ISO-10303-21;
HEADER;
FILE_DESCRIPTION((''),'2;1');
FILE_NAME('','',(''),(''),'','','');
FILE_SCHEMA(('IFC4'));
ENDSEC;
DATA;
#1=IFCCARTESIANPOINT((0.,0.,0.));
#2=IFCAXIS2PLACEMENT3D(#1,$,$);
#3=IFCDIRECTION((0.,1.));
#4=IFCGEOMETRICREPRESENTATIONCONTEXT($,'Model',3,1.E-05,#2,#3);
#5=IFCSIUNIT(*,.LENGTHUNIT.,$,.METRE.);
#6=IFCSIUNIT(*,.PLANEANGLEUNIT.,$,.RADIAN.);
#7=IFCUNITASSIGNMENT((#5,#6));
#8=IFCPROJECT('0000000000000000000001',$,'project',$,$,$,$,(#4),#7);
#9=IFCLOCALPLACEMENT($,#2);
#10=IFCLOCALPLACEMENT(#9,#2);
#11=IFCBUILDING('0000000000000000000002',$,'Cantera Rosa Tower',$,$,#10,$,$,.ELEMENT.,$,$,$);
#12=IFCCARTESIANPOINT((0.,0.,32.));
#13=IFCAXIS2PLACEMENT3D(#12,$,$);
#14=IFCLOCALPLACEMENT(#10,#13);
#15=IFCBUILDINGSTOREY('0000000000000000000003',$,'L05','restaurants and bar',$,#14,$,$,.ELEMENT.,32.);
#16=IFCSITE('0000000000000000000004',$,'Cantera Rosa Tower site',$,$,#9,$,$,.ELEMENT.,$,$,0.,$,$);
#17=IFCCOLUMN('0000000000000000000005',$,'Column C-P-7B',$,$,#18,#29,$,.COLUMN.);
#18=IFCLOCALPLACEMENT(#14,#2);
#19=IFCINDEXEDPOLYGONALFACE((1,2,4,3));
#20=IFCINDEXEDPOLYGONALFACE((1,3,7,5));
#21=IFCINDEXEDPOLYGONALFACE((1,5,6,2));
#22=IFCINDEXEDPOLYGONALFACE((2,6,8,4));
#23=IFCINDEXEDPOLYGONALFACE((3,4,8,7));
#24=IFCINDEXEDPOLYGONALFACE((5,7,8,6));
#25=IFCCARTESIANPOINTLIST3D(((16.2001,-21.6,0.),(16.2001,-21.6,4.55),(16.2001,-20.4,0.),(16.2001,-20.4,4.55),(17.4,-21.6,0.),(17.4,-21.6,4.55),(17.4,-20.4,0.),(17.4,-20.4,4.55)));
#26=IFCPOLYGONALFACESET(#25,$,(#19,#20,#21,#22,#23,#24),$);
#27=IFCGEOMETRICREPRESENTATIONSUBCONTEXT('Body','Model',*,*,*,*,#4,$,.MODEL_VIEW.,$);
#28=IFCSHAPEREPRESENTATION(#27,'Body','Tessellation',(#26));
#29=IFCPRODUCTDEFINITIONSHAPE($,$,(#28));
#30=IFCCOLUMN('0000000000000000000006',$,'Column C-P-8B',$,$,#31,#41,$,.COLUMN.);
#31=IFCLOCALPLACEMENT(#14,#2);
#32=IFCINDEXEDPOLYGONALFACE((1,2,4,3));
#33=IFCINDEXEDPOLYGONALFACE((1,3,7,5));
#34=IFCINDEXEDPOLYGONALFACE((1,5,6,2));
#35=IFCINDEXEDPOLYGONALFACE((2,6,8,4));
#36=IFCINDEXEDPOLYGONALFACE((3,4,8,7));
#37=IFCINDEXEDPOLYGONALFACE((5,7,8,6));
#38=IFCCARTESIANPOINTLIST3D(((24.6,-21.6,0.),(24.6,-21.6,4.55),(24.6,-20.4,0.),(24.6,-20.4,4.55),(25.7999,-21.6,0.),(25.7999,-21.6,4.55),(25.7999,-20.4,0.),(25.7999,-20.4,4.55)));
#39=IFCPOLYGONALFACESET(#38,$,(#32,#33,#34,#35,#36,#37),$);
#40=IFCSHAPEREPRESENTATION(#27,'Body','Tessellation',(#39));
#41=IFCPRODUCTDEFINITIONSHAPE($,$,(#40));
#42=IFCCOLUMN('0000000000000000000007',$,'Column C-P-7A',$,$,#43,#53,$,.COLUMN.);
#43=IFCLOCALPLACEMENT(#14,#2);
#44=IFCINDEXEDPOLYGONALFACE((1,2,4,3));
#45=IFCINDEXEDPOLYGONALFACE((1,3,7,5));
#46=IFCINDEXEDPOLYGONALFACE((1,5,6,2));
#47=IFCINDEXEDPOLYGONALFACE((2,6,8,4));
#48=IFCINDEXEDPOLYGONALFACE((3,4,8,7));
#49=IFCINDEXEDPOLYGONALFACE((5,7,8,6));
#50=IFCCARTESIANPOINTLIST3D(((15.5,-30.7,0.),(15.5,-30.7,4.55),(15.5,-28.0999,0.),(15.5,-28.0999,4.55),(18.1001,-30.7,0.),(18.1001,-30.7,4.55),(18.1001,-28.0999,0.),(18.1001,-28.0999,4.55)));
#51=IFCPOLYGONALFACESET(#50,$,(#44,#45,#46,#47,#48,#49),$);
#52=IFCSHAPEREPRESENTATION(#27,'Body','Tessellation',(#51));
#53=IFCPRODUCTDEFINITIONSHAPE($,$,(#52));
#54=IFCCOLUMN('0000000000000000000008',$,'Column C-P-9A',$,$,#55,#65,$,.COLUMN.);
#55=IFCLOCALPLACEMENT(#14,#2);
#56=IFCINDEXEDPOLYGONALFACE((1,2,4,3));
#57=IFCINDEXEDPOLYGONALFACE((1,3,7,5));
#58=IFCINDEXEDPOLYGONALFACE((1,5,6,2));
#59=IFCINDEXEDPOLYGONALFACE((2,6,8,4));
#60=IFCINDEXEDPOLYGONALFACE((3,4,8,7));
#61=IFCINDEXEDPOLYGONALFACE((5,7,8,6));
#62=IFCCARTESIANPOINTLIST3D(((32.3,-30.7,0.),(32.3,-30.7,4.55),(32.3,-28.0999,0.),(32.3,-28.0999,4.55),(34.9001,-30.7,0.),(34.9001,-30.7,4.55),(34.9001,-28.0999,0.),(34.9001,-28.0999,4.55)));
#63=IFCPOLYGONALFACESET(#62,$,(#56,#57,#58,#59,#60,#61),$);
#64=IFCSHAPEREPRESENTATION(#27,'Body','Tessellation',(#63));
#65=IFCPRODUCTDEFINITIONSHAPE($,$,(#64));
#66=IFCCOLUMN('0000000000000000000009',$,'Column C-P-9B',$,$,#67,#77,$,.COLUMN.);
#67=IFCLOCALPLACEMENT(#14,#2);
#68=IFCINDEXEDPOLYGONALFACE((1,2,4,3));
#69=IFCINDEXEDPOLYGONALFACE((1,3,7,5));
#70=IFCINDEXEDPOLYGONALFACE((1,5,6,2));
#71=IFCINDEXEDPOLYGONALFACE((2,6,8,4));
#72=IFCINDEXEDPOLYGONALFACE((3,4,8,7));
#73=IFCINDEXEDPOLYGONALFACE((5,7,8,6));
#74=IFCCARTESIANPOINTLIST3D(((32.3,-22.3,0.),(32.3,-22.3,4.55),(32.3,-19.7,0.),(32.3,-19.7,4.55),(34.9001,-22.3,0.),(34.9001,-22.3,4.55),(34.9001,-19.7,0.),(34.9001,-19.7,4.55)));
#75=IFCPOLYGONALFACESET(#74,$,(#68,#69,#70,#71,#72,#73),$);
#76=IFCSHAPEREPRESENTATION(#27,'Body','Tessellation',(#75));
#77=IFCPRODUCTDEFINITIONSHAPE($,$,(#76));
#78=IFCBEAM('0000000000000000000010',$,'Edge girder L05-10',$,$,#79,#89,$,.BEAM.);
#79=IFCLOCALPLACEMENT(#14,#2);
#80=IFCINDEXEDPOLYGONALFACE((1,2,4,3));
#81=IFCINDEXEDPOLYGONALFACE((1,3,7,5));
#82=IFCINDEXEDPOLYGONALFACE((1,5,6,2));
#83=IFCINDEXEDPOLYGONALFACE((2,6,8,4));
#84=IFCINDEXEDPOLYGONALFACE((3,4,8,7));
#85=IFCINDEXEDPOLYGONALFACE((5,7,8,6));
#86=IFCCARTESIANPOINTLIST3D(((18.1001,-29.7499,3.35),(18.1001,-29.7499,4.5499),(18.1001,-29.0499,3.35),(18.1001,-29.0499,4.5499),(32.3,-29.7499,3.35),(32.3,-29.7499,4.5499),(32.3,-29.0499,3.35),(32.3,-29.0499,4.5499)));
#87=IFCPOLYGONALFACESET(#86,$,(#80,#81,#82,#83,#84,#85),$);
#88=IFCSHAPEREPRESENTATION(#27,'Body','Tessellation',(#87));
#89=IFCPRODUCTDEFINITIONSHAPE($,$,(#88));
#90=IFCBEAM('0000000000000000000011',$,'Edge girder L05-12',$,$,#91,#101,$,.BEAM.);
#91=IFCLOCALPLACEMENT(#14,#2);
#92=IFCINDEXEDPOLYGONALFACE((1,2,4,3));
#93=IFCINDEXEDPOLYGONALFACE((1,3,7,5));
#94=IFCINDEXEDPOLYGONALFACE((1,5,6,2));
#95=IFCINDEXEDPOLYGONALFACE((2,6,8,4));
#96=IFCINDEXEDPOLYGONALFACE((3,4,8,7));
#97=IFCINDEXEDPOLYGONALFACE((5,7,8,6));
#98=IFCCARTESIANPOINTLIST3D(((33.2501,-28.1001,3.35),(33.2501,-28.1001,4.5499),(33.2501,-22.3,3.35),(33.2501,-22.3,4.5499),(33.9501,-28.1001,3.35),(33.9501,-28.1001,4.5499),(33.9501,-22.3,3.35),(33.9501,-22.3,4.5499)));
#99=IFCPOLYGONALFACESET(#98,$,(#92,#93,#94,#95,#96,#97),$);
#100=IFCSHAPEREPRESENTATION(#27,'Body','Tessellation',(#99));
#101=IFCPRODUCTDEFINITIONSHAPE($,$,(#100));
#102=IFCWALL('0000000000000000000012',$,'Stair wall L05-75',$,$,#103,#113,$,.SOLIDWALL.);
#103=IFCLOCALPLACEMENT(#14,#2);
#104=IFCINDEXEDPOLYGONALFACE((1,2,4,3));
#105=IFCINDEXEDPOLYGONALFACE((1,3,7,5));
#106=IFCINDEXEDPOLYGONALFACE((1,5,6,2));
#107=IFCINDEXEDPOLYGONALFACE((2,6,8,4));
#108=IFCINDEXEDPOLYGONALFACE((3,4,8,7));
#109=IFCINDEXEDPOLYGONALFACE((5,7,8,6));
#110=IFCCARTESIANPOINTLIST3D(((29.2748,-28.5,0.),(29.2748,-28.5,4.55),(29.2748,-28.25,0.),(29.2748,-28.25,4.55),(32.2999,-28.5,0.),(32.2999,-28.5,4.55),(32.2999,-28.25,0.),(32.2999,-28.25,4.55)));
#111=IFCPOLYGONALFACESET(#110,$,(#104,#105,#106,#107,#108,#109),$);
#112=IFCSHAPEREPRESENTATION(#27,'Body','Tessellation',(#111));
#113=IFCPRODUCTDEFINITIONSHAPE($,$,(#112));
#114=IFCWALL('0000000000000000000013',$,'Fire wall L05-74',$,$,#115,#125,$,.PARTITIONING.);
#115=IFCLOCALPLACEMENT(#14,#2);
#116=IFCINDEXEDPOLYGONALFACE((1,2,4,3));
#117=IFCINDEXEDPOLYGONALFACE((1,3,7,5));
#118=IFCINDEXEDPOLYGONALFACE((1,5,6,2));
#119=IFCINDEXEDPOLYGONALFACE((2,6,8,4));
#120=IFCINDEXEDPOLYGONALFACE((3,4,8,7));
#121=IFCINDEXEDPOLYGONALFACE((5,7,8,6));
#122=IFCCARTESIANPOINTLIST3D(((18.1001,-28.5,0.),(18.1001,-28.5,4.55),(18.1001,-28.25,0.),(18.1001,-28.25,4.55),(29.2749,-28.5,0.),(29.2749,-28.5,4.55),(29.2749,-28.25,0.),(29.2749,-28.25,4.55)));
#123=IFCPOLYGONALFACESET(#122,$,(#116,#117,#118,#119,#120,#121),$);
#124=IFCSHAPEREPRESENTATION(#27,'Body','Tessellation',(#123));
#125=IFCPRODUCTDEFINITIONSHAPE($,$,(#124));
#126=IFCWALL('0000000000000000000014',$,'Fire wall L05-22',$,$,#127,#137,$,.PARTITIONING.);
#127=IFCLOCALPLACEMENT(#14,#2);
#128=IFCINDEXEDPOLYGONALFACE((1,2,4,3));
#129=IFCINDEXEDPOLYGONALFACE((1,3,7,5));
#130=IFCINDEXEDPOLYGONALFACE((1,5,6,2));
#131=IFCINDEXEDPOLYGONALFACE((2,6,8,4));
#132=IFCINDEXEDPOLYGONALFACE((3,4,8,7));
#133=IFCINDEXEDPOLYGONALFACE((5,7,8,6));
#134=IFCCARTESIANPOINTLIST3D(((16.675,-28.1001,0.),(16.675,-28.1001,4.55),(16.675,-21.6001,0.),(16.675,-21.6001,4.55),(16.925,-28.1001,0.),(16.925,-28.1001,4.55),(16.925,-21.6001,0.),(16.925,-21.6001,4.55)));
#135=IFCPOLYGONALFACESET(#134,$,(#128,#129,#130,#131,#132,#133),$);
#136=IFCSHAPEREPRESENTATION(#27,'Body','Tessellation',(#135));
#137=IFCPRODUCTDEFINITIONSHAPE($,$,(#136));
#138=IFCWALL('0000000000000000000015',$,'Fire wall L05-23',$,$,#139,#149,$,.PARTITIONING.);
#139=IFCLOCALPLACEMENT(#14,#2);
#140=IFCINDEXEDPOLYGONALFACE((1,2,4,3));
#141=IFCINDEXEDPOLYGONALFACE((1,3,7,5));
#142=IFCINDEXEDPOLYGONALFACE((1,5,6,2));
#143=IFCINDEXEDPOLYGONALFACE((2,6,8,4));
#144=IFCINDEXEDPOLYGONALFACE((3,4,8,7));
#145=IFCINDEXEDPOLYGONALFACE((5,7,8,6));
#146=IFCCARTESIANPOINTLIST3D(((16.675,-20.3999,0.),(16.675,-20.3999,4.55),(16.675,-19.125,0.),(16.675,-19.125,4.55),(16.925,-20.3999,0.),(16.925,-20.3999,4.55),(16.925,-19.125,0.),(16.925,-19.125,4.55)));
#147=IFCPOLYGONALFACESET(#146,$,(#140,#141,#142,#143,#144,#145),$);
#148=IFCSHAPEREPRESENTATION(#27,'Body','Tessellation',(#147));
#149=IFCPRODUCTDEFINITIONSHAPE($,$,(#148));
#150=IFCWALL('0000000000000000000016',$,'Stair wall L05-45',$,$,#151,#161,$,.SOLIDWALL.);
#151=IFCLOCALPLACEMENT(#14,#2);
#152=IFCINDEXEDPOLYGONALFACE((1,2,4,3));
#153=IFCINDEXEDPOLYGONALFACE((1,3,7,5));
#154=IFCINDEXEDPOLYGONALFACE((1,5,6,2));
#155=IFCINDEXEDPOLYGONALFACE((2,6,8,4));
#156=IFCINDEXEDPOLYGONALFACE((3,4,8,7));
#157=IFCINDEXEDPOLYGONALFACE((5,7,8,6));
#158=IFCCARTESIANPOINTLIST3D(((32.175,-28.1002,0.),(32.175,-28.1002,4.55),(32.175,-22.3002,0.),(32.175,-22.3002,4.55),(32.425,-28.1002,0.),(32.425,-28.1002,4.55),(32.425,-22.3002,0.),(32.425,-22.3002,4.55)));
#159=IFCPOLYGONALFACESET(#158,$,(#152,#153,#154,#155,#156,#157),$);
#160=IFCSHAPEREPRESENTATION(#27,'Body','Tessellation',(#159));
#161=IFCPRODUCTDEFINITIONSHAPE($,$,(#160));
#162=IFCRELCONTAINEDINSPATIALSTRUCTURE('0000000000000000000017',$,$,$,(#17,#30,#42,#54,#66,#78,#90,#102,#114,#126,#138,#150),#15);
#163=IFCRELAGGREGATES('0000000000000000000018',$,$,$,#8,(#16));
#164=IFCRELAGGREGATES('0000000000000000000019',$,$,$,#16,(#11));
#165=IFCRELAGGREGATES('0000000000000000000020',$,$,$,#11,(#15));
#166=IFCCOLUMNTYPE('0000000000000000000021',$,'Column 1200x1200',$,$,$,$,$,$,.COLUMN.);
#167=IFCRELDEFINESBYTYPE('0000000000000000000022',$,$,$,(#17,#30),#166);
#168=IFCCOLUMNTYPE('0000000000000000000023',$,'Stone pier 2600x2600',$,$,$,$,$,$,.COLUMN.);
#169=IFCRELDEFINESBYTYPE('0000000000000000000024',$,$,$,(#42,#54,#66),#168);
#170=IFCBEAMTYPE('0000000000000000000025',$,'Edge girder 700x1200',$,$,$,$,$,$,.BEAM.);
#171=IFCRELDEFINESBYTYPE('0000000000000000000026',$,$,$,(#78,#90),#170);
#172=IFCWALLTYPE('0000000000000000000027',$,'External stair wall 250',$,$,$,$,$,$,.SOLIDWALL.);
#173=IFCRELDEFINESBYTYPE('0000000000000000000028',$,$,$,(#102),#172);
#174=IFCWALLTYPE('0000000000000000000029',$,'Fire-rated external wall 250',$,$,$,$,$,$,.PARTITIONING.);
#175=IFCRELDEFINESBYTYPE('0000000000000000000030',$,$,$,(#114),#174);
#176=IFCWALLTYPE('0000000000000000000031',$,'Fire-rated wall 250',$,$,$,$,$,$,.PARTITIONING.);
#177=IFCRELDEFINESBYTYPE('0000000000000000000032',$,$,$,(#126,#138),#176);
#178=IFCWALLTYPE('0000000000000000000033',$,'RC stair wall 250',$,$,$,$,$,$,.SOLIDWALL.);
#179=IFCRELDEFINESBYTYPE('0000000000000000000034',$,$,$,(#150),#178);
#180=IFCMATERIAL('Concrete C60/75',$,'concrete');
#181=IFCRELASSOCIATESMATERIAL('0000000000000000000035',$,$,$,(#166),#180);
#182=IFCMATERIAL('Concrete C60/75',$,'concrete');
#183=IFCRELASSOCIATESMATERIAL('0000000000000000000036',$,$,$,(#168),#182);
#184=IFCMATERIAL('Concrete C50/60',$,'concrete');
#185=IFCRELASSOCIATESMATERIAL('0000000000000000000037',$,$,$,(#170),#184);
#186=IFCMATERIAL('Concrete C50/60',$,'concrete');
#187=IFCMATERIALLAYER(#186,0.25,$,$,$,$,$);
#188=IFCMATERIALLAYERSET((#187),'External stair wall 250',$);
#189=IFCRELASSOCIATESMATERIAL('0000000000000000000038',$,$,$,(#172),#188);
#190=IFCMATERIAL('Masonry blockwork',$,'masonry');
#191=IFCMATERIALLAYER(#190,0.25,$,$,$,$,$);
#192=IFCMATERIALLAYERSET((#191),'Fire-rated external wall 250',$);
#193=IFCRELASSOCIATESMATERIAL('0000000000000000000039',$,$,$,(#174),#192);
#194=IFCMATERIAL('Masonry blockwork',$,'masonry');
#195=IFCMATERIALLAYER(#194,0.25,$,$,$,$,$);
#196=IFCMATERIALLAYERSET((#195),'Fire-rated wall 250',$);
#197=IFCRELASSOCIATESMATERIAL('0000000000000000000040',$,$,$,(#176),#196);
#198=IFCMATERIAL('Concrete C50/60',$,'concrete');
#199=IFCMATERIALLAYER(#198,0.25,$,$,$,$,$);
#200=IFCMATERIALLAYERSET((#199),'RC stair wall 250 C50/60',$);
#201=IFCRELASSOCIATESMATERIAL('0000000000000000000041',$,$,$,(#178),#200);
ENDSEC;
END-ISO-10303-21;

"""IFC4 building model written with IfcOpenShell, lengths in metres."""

from ifc_helpers import new_model, si_unit, direction, frame, frame_2d, origin, origin_2d, place, context, subcontext, project, spatial, rectangle, extrude, material, layer, layer_set, material_profile, profile_set, type_object, element, save


model = new_model("IFC4")

# Units and contexts
model_context = context("Model", 3, precision=1e-05, world=origin(), true_north=direction((0.0, 1.0)))
body_context = subcontext(model_context, "Body", "Model", "MODEL_VIEW")
ifc_project = project(units=[si_unit("LENGTHUNIT", "METRE"), si_unit("PLANEANGLEUNIT", "RADIAN")], contexts=[model_context])

# Site, building, storey
site_placement = place(None, origin())
site = spatial("IfcSite", under=ifc_project, at=site_placement, Name="Cantera Rosa Tower site", CompositionType="ELEMENT", RefElevation=0.0)
building_placement = place(site_placement, origin())
building = spatial("IfcBuilding", under=site, at=building_placement, Name="Cantera Rosa Tower", CompositionType="ELEMENT")
storey_placement = place(building_placement, frame((0.0, 0.0, 32.0)))
storey = spatial("IfcBuildingStorey", under=building, at=storey_placement, Name="L05", Description="restaurants and bar", CompositionType="ELEMENT", Elevation=32.0)

# Columns
ifc_material_1 = material(Name="Concrete C60/75", Category="concrete")
ifc_material_profile_1 = material_profile(ifc_material_1, rectangle(XDim=1.2, YDim=1.2, at=origin_2d()), Name="Column 1200x1200")
ifc_profile_set_1 = profile_set([ifc_material_profile_1], Name="Concrete C60/75")
column_type_1 = type_object("IfcColumnType", Name="Column 1200x1200", PredefinedType="COLUMN", material=ifc_profile_set_1)
for number, where, z_axis, x_axis, name in (
    (1, (16.8, -21.0, 0.0), (0.0, 0.0, 1.0), (1.0, 0.0, 0.0), "Column C-P-7B"),
    (2, (25.2, -21.0, 0.0), (0.0, 0.0, 1.0), (1.0, 0.0, 0.0), "Column C-P-8B"),
):
    element("IfcColumn", number, at=place(storey_placement, frame(where, z_axis=z_axis, x_axis=x_axis)), inside=storey, type_object=column_type_1, Name=name, PredefinedType="COLUMN", context=body_context, shape_type="SweptSolid", body=[
        extrude(rectangle(XDim=1.2, YDim=1.2, at=origin_2d()), origin(), (0.0, 0.0, 1.0), 4.55),
    ])
ifc_material_2 = material(Name="Concrete C60/75", Category="concrete")
ifc_material_profile_2 = material_profile(ifc_material_2, rectangle(XDim=2.6001, YDim=2.6001, at=origin_2d()), Name="Stone pier 2600x2600")
ifc_profile_set_2 = profile_set([ifc_material_profile_2], Name="Concrete C60/75")
column_type_2 = type_object("IfcColumnType", Name="Stone pier 2600x2600", PredefinedType="COLUMN", material=ifc_profile_set_2)
for number, where, z_axis, x_axis, name in (
    (3, (16.8, -29.3999, 0.0), (0.0, 0.0, 1.0), (1.0, 0.0, 0.0), "Column C-P-7A"),
    (4, (33.6001, -29.3999, 0.0), (0.0, 0.0, 1.0), (1.0, 0.0, 0.0), "Column C-P-9A"),
    (5, (33.6001, -21.0, 0.0), (0.0, 0.0, 1.0), (1.0, 0.0, 0.0), "Column C-P-9B"),
):
    element("IfcColumn", number, at=place(storey_placement, frame(where, z_axis=z_axis, x_axis=x_axis)), inside=storey, type_object=column_type_2, Name=name, PredefinedType="COLUMN", context=body_context, shape_type="SweptSolid", body=[
        extrude(rectangle(XDim=2.6001, YDim=2.6001, at=origin_2d()), origin(), (0.0, 0.0, 1.0), 4.55),
    ])

# Beams
ifc_material_3 = material(Name="Concrete C50/60", Category="concrete")
ifc_material_profile_3 = material_profile(ifc_material_3, rectangle(XDim=0.7, YDim=1.2, at=origin_2d()), Name="Edge girder 700x1200")
ifc_profile_set_3 = profile_set([ifc_material_profile_3], Name="Concrete C50/60")
beam_type = type_object("IfcBeamType", Name="Edge girder 700x1200", PredefinedType="BEAM", material=ifc_profile_set_3)
beam_1_placement = place(storey_placement, frame((18.1001, -29.3999, 3.95), z_axis=(1.0, 0.0, 0.0), x_axis=(0.0, 1.0, 0.0)))
element("IfcBeam", 6, at=beam_1_placement, inside=storey, type_object=beam_type, Name="Edge girder L05-10", PredefinedType="BEAM", context=body_context, shape_type="SweptSolid", body=[
    extrude(rectangle(XDim=0.7, YDim=1.2, at=origin_2d()), origin(), (0.0, 0.0, 1.0), 14.2),
])
beam_2_placement = place(storey_placement, frame((33.6001, -28.1001, 3.95), z_axis=(0.0, 1.0, 0.0), x_axis=(-1.0, 0.0, 0.0)))
element("IfcBeam", 7, at=beam_2_placement, inside=storey, type_object=beam_type, Name="Edge girder L05-12", PredefinedType="BEAM", context=body_context, shape_type="SweptSolid", body=[
    extrude(rectangle(XDim=0.7, YDim=1.2, at=origin_2d()), origin(), (0.0, 0.0, 1.0), 5.8),
])

# Walls
ifc_material_4 = material(Name="Concrete C50/60", Category="concrete")
ifc_layer_1 = layer(ifc_material_4, 0.25)
ifc_layer_set_1 = layer_set([ifc_layer_1], Name="External stair wall 250")
wall_type_1 = type_object("IfcWallType", Name="External stair wall 250", PredefinedType="SOLIDWALL", material=ifc_layer_set_1)
wall_1_placement = place(storey_placement, frame((32.3, -28.375, 0.0), z_axis=(0.0, 0.0, 1.0), x_axis=(-1.0, 0.0, 0.0)))
element("IfcWall", 8, at=wall_1_placement, inside=storey, type_object=wall_type_1, Name="Stair wall L05-75", PredefinedType="SOLIDWALL", context=body_context, shape_type="SweptSolid", body=[
    extrude(rectangle(XDim=3.0251, YDim=0.25, at=frame_2d((1.5127, 0.0))), origin(), (0.0, 0.0, 1.0), 4.55),
])
ifc_material_5 = material(Name="Masonry blockwork", Category="masonry")
ifc_layer_2 = layer(ifc_material_5, 0.25)
ifc_layer_set_2 = layer_set([ifc_layer_2], Name="Fire-rated external wall 250")
wall_type_2 = type_object("IfcWallType", Name="Fire-rated external wall 250", PredefinedType="PARTITIONING", material=ifc_layer_set_2)
wall_2_placement = place(storey_placement, frame((18.1001, -28.375, 0.0), z_axis=(0.0, 0.0, 1.0), x_axis=(1.0, 0.0, 0.0)))
element("IfcWall", 9, at=wall_2_placement, inside=storey, type_object=wall_type_2, Name="Fire wall L05-74", PredefinedType="PARTITIONING", context=body_context, shape_type="SweptSolid", body=[
    extrude(rectangle(XDim=11.1748, YDim=0.25, at=frame_2d((5.5874, 0.0))), origin(), (0.0, 0.0, 1.0), 4.55),
])
ifc_material_6 = material(Name="Masonry blockwork", Category="masonry")
ifc_layer_3 = layer(ifc_material_6, 0.25)
ifc_layer_set_3 = layer_set([ifc_layer_3], Name="Fire-rated wall 250")
wall_type_3 = type_object("IfcWallType", Name="Fire-rated wall 250", PredefinedType="PARTITIONING", material=ifc_layer_set_3)
wall_3_placement = place(storey_placement, frame((16.8, -28.1001, 0.0), z_axis=(0.0, 0.0, 1.0), x_axis=(0.0, 1.0, 0.0)))
element("IfcWall", 10, at=wall_3_placement, inside=storey, type_object=wall_type_3, Name="Fire wall L05-22", PredefinedType="PARTITIONING", context=body_context, shape_type="SweptSolid", body=[
    extrude(rectangle(XDim=6.5, YDim=0.25, at=frame_2d((3.25, 0.0))), origin(), (0.0, 0.0, 1.0), 4.55),
])
wall_4_placement = place(storey_placement, frame((16.8, -20.3999, 0.0), z_axis=(0.0, 0.0, 1.0), x_axis=(0.0, 1.0, 0.0)))
element("IfcWall", 11, at=wall_4_placement, inside=storey, type_object=wall_type_3, Name="Fire wall L05-23", PredefinedType="PARTITIONING", context=body_context, shape_type="SweptSolid", body=[
    extrude(rectangle(XDim=1.2749, YDim=0.25, at=frame_2d((0.6375, 0.0))), origin(), (0.0, 0.0, 1.0), 4.55),
])
ifc_material_7 = material(Name="Concrete C50/60", Category="concrete")
ifc_layer_4 = layer(ifc_material_7, 0.25)
ifc_layer_set_4 = layer_set([ifc_layer_4], Name="RC stair wall 250 C50/60")
wall_type_4 = type_object("IfcWallType", Name="RC stair wall 250", PredefinedType="SOLIDWALL", material=ifc_layer_set_4)
wall_5_placement = place(storey_placement, frame((32.3, -28.1001, 0.0), z_axis=(0.0, 0.0, 1.0), x_axis=(0.0, 1.0, 0.0)))
element("IfcWall", 12, at=wall_5_placement, inside=storey, type_object=wall_type_4, Name="Stair wall L05-45", PredefinedType="SOLIDWALL", context=body_context, shape_type="SweptSolid", body=[
    extrude(rectangle(XDim=5.8, YDim=0.25, at=frame_2d((2.8999, 0.0))), origin(), (0.0, 0.0, 1.0), 4.55),
])

save(model, "model.ifc")
